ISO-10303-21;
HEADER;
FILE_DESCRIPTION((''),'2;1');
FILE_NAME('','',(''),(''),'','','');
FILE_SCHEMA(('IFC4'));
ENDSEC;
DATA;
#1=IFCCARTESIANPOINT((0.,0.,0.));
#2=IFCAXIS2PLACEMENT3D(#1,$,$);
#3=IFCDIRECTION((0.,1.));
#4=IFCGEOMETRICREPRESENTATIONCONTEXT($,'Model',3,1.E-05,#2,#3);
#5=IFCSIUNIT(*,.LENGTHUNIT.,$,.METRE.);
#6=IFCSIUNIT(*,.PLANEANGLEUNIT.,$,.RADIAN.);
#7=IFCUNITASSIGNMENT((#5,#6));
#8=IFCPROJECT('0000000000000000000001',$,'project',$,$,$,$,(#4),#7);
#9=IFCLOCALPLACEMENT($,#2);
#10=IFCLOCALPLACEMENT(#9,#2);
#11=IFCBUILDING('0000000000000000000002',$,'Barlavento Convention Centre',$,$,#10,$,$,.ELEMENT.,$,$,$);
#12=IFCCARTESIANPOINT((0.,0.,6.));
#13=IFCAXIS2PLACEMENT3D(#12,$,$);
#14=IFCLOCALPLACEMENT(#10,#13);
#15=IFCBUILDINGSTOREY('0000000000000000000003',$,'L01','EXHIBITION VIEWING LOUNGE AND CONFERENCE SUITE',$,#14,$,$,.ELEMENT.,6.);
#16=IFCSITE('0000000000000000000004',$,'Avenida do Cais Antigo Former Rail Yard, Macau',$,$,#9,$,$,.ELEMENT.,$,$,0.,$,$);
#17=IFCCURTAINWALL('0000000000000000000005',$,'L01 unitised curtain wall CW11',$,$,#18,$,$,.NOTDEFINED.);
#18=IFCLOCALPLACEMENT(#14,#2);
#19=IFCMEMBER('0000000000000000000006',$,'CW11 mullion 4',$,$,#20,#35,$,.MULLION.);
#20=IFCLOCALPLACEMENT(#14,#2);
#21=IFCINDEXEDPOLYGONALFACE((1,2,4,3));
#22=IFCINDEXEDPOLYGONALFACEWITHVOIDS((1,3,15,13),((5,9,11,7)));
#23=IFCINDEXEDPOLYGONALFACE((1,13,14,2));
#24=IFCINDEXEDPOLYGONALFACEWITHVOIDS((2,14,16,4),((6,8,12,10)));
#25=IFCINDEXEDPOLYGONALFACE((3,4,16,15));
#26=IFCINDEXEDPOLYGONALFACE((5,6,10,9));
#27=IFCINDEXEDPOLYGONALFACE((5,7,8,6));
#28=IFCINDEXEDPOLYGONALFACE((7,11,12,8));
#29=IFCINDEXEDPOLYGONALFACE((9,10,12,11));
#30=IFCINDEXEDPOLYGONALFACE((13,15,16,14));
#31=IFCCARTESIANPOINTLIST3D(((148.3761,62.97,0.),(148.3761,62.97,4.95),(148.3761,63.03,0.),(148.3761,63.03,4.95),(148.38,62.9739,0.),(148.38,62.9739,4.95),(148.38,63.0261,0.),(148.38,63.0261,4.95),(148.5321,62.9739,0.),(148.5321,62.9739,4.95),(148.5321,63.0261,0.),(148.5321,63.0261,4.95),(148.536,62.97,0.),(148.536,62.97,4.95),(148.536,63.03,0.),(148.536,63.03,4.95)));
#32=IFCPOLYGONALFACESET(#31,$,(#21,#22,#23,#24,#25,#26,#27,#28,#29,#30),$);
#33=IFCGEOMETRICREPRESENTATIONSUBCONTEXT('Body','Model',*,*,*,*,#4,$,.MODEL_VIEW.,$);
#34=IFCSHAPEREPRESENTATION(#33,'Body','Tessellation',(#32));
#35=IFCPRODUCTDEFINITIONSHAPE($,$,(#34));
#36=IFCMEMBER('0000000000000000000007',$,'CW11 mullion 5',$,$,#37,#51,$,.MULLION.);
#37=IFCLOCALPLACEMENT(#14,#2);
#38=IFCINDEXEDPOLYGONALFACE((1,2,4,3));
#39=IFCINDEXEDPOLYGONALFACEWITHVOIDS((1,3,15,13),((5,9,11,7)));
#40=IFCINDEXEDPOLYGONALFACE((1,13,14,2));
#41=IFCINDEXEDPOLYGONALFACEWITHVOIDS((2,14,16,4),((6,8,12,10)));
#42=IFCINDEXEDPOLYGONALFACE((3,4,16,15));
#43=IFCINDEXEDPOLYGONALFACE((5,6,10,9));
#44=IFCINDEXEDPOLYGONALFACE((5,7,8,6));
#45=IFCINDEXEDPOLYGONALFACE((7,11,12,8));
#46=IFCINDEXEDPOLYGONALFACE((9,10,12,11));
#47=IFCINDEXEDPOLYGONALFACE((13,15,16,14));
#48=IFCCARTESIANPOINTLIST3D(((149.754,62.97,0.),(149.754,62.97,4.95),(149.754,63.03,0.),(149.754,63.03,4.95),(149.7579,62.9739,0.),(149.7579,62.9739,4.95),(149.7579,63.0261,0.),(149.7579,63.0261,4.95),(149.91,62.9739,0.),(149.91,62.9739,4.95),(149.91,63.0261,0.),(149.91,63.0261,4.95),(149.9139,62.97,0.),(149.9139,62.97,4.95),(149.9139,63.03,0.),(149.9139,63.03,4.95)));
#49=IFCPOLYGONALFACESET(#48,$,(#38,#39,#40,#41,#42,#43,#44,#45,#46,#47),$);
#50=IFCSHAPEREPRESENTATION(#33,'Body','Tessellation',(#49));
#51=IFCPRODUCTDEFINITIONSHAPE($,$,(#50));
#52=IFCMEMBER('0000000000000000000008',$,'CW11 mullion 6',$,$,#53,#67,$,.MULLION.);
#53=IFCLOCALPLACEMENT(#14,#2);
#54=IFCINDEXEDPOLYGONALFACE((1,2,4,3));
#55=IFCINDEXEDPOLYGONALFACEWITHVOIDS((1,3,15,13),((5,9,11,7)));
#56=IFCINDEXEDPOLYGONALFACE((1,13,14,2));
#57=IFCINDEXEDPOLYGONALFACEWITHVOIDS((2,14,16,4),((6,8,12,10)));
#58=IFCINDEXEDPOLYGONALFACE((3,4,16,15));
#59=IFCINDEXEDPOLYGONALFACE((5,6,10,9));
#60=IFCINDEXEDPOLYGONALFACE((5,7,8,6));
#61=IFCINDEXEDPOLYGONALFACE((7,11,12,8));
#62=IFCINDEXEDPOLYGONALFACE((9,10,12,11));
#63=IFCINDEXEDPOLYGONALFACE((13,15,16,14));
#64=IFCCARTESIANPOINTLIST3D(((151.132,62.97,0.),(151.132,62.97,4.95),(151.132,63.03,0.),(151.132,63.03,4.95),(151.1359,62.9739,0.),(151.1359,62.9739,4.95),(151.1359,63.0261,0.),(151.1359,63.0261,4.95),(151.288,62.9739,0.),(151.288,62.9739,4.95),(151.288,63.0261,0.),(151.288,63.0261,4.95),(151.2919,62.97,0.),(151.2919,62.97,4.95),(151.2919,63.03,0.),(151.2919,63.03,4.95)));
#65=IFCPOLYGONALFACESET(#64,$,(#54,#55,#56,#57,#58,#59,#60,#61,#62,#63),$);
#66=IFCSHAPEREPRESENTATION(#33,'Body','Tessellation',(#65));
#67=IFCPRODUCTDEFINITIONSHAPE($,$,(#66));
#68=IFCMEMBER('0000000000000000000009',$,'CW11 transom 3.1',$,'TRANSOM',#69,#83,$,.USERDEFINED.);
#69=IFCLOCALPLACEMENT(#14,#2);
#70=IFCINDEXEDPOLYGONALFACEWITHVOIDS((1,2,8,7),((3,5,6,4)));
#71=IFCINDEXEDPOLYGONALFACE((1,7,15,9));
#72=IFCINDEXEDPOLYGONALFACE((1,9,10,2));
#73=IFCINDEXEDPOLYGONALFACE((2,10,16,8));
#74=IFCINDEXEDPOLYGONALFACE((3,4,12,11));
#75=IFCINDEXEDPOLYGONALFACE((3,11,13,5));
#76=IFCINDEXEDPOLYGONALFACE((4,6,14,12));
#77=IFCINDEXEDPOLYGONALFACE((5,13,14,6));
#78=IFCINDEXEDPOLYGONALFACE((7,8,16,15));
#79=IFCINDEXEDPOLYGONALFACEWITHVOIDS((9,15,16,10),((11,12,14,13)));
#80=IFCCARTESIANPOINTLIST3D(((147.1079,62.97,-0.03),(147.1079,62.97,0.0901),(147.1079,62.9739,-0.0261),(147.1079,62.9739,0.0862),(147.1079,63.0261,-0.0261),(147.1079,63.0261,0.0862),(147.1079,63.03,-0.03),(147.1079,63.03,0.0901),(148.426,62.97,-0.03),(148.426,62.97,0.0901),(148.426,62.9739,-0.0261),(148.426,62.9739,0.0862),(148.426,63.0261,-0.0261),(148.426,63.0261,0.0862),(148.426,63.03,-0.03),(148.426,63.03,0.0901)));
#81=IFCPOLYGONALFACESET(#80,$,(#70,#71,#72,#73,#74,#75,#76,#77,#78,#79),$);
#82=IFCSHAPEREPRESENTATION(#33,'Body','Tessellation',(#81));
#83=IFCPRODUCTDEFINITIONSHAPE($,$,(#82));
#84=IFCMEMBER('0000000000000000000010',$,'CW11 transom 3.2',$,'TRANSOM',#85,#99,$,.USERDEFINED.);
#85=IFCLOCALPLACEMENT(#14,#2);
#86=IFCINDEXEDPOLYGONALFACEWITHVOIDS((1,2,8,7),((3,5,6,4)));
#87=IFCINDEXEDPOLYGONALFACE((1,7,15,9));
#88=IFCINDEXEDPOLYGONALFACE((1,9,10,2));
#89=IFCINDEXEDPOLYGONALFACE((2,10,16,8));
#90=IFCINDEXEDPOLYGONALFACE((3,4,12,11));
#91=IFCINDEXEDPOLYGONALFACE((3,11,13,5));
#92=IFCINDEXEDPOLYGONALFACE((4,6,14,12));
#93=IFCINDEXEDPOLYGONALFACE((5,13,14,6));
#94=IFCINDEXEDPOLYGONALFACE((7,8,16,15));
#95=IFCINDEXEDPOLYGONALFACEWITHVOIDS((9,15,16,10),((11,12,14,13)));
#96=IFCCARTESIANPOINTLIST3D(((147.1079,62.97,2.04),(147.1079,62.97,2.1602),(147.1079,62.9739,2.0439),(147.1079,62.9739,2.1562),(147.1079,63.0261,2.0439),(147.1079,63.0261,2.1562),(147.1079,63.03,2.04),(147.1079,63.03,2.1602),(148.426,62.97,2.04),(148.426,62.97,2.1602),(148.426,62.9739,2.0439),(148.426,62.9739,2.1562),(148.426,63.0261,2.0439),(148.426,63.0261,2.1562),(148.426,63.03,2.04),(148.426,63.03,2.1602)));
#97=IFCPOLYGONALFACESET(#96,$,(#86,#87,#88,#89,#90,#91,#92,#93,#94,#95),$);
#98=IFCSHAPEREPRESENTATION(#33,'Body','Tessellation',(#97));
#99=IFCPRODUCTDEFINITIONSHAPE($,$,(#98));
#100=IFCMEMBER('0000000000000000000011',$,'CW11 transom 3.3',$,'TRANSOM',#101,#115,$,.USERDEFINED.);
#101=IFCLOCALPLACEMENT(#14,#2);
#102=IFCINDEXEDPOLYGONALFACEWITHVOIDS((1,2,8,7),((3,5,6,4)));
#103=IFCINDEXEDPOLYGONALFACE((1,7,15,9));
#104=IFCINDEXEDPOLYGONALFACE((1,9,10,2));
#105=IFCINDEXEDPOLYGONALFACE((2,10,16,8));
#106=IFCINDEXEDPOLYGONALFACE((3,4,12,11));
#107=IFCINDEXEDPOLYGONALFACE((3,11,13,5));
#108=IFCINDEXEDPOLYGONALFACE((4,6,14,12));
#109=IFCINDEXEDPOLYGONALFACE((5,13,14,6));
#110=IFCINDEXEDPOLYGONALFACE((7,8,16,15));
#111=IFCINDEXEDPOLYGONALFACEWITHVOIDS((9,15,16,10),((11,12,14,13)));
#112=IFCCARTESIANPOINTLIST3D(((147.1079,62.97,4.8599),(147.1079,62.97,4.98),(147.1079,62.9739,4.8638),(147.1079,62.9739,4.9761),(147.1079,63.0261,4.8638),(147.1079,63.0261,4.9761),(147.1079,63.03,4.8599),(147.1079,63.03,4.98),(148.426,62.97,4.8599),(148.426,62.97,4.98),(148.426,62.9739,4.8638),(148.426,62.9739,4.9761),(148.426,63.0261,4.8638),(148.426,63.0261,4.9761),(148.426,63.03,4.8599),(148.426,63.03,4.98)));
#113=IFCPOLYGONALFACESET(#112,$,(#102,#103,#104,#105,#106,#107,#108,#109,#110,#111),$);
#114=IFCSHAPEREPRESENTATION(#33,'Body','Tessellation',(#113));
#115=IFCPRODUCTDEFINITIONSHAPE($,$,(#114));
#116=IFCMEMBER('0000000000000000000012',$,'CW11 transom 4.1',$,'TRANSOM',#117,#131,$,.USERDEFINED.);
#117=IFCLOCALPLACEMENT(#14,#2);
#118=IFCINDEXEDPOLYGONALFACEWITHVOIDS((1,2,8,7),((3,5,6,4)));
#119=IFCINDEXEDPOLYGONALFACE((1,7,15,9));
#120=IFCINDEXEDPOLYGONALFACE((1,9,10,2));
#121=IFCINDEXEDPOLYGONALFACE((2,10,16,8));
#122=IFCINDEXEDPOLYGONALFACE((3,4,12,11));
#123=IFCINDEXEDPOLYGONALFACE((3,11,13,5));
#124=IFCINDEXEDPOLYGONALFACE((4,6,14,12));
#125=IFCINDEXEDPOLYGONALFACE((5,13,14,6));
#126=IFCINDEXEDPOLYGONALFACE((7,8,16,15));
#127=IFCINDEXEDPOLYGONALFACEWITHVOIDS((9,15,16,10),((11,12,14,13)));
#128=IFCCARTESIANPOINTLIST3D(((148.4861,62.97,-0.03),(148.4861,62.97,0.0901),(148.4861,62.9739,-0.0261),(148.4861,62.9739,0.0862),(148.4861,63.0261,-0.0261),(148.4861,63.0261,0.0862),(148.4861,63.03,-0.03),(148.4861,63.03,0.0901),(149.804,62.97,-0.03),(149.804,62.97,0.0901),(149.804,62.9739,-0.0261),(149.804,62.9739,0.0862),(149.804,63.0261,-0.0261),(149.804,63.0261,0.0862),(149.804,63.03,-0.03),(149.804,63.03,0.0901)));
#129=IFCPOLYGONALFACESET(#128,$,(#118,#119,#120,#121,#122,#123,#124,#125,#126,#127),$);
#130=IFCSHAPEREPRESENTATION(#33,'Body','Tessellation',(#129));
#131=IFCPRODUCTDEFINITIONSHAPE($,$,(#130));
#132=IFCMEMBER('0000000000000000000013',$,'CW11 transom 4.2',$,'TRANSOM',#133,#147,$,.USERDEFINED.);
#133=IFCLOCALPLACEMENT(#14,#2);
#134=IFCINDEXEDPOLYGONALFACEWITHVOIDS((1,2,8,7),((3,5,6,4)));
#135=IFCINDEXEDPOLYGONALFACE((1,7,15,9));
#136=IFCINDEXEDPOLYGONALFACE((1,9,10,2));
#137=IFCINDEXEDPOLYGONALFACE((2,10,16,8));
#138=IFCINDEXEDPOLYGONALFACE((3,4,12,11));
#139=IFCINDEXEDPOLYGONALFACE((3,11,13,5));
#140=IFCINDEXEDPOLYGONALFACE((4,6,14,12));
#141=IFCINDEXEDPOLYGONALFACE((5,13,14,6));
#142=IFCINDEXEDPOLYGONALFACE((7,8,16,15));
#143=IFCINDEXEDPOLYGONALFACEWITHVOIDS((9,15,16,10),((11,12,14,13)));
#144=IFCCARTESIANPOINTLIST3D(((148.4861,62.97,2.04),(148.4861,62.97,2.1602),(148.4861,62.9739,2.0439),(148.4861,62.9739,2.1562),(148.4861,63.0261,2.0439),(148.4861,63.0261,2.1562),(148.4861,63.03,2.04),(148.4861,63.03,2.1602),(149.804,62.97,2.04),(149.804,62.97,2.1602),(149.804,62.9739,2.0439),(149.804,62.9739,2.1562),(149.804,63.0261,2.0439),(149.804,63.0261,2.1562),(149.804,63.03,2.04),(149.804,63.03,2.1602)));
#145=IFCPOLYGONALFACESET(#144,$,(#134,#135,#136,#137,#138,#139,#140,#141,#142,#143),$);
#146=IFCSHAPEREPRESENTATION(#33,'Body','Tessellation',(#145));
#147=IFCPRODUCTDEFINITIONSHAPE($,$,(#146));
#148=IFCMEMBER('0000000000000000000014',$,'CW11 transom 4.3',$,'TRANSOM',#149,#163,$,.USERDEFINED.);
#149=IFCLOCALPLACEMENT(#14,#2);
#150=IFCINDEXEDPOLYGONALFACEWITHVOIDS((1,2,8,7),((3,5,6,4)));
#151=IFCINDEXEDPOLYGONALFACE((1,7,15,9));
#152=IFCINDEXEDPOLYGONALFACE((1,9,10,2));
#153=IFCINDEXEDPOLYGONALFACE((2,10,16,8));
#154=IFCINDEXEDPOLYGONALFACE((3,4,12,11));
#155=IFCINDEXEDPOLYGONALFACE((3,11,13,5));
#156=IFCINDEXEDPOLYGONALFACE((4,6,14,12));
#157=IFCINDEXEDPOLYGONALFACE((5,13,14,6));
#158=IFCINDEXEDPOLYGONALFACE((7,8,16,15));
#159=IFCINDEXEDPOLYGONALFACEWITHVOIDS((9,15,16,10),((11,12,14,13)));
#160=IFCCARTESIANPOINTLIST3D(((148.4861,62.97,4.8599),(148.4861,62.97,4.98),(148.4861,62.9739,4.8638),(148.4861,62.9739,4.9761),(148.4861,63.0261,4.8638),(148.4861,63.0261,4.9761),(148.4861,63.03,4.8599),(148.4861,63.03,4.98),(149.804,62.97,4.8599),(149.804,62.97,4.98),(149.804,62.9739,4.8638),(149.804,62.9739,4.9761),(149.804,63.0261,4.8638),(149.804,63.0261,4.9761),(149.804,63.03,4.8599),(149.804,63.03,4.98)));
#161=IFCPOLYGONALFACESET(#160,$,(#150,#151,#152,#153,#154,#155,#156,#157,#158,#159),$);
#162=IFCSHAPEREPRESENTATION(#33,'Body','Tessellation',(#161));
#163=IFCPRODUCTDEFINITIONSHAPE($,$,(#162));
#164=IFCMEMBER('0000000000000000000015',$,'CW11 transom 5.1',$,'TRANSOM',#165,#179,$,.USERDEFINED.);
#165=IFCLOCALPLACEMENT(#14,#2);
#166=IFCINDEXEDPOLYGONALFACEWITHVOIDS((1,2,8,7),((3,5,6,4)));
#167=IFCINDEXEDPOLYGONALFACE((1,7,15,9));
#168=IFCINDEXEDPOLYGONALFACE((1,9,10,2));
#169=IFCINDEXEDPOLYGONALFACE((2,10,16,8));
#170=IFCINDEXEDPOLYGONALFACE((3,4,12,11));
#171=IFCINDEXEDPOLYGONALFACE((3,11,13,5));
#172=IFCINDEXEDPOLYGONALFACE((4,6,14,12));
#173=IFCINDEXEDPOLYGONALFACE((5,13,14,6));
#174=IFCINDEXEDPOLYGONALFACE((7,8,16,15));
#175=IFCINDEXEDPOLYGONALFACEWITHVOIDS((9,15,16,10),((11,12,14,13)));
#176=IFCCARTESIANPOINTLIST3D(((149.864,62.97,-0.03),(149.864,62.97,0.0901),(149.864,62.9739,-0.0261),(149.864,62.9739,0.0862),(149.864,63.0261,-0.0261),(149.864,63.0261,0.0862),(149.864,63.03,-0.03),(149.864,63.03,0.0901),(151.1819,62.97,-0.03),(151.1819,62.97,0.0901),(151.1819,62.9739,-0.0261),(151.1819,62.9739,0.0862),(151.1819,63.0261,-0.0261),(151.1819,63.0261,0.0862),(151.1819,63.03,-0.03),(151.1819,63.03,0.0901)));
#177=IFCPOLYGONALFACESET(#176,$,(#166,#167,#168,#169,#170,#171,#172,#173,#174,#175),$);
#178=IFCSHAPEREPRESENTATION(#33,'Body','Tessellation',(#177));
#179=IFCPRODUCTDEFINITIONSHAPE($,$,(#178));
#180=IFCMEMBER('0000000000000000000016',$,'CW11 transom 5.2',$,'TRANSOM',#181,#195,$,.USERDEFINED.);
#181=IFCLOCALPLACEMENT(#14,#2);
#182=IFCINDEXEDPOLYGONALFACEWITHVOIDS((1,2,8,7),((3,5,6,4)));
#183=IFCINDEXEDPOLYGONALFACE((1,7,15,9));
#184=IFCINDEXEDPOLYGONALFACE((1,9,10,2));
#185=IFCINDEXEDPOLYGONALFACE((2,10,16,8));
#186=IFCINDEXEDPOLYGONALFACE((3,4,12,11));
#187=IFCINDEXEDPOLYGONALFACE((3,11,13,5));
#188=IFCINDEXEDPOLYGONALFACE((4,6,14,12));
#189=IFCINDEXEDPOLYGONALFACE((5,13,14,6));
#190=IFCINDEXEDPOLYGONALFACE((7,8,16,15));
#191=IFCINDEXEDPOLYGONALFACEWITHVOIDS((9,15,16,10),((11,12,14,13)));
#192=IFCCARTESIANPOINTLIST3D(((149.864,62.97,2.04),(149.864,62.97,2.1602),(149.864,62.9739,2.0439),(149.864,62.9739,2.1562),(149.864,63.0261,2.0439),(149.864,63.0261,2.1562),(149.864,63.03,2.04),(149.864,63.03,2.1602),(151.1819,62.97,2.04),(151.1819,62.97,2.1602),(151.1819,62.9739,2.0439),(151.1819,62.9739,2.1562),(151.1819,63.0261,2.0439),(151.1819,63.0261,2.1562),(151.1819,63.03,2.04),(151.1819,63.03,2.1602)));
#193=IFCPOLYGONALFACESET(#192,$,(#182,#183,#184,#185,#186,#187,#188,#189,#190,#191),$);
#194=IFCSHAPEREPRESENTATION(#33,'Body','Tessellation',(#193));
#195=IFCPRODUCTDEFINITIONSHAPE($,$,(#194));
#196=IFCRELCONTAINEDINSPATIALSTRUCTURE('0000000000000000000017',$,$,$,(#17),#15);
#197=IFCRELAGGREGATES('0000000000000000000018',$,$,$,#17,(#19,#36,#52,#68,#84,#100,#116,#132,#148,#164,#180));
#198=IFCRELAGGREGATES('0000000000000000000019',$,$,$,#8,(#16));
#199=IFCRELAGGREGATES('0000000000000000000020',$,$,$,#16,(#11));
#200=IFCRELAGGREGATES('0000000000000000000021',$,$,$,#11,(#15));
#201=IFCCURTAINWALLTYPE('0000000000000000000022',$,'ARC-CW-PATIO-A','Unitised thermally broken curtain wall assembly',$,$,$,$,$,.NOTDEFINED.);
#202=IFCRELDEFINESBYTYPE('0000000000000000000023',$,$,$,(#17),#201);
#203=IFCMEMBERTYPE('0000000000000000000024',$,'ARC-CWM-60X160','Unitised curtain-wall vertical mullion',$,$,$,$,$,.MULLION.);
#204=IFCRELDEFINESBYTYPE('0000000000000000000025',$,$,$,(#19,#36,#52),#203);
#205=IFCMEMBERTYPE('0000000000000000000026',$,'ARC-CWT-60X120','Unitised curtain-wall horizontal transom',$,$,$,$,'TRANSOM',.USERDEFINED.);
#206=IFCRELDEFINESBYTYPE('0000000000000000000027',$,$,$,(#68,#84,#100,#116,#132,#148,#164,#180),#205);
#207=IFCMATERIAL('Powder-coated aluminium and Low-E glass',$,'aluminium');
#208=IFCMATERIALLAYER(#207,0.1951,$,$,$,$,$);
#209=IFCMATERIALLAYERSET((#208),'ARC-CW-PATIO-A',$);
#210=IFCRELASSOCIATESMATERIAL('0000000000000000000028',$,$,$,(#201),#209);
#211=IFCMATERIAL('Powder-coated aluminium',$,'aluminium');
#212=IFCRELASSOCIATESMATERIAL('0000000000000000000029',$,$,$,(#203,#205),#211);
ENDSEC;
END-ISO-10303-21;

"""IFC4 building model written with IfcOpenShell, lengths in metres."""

from ifc_helpers import new_model, si_unit, direction, frame, origin, origin_2d, place, context, subcontext, project, spatial, hollow_rectangle, extrude, material, layer, layer_set, material_profile, profile_set, type_object, element, aggregate, save


model = new_model("IFC4")

# Units and contexts
model_context = context("Model", 3, precision=1e-05, world=origin(), true_north=direction((0.0, 1.0)))
body_context = subcontext(model_context, "Body", "Model", "MODEL_VIEW")
ifc_project = project(units=[si_unit("LENGTHUNIT", "METRE"), si_unit("PLANEANGLEUNIT", "RADIAN")], contexts=[model_context])

# Site, building, storey
site_placement = place(None, origin())
site = spatial("IfcSite", under=ifc_project, at=site_placement, Name="Avenida do Cais Antigo Former Rail Yard, Macau", CompositionType="ELEMENT", RefElevation=0.0)
building_placement = place(site_placement, origin())
building = spatial("IfcBuilding", under=site, at=building_placement, Name="Barlavento Convention Centre", CompositionType="ELEMENT")
storey_placement = place(building_placement, frame((0.0, 0.0, 6.0)))
storey = spatial("IfcBuildingStorey", under=building, at=storey_placement, Name="L01", Description="EXHIBITION VIEWING LOUNGE AND CONFERENCE SUITE", CompositionType="ELEMENT", Elevation=6.0)

# Curtain wall, members
ifc_material_1 = material(Name="Powder-coated aluminium and Low-E glass", Category="aluminium")
ifc_layer_1 = layer(ifc_material_1, 0.1951)
ifc_layer_set_1 = layer_set([ifc_layer_1], Name="ARC-CW-PATIO-A")
curtain_wall_type = type_object("IfcCurtainWallType", Name="ARC-CW-PATIO-A", Description="Unitised thermally broken curtain wall assembly", PredefinedType="NOTDEFINED", material=ifc_layer_set_1)
curtain_wall_placement = place(storey_placement, origin())
curtain_wall = element("IfcCurtainWall", 1, at=curtain_wall_placement, inside=storey, type_object=curtain_wall_type, Name="L01 unitised curtain wall CW11", PredefinedType="NOTDEFINED")
ifc_material_2 = material(Name="Powder-coated aluminium", Category="aluminium")
ifc_material_profile_1 = material_profile(ifc_material_2, hollow_rectangle(XDim=0.0601, YDim=0.1599, WallThickness=0.0039, at=origin_2d()), Name="AL-MULL 60x160x4")
ifc_profile_set_1 = profile_set([ifc_material_profile_1], Name="Powder-coated aluminium")
member_type_1 = type_object("IfcMemberType", Name="ARC-CWM-60X160", Description="Unitised curtain-wall vertical mullion", PredefinedType="MULLION", material=ifc_profile_set_1)
member_1_placement = place(storey_placement, frame((148.4561, 63.0, 0.0), z_axis=(0.0, 0.0, 1.0), x_axis=(0.0, 1.0, 0.0)))
member_1 = element("IfcMember", 2, at=member_1_placement, type_object=member_type_1, Name="CW11 mullion 4", PredefinedType="MULLION", context=body_context, shape_type="SweptSolid", body=[
    extrude(hollow_rectangle(XDim=0.0601, YDim=0.1599, WallThickness=0.0039, at=origin_2d()), origin(), (0.0, 0.0, 1.0), 4.95),
])
member_2_placement = place(storey_placement, frame((149.834, 63.0, 0.0), z_axis=(0.0, 0.0, 1.0), x_axis=(0.0, 1.0, 0.0)))
member_2 = element("IfcMember", 3, at=member_2_placement, type_object=member_type_1, Name="CW11 mullion 5", PredefinedType="MULLION", context=body_context, shape_type="SweptSolid", body=[
    extrude(hollow_rectangle(XDim=0.0601, YDim=0.1599, WallThickness=0.0039, at=origin_2d()), origin(), (0.0, 0.0, 1.0), 4.95),
])
member_3_placement = place(storey_placement, frame((151.2119, 63.0, 0.0), z_axis=(0.0, 0.0, 1.0), x_axis=(0.0, 1.0, 0.0)))
member_3 = element("IfcMember", 4, at=member_3_placement, type_object=member_type_1, Name="CW11 mullion 6", PredefinedType="MULLION", context=body_context, shape_type="SweptSolid", body=[
    extrude(hollow_rectangle(XDim=0.0601, YDim=0.1599, WallThickness=0.0039, at=origin_2d()), origin(), (0.0, 0.0, 1.0), 4.95),
])
ifc_material_profile_2 = material_profile(ifc_material_2, hollow_rectangle(XDim=0.0601, YDim=0.1201, WallThickness=0.0039, at=origin_2d()), Name="AL-TRAN 60x120x4")
ifc_profile_set_2 = profile_set([ifc_material_profile_2], Name="Powder-coated aluminium")
member_type_2 = type_object("IfcMemberType", Name="ARC-CWT-60X120", Description="Unitised curtain-wall horizontal transom", ElementType="TRANSOM", PredefinedType="USERDEFINED", material=ifc_profile_set_2)
member_4_placement = place(storey_placement, frame((147.1079, 63.0, 0.03), z_axis=(1.0, 0.0, 0.0), x_axis=(0.0, 1.0, 0.0)))
member_4 = element("IfcMember", 5, at=member_4_placement, type_object=member_type_2, Name="CW11 transom 3.1", ObjectType="TRANSOM", PredefinedType="USERDEFINED", context=body_context, shape_type="SweptSolid", body=[
    extrude(hollow_rectangle(XDim=0.0601, YDim=0.1201, WallThickness=0.0039, at=origin_2d()), origin(), (0.0, 0.0, 1.0), 1.3181),
])
member_5_placement = place(storey_placement, frame((147.1079, 63.0, 2.1001), z_axis=(1.0, 0.0, 0.0), x_axis=(0.0, 1.0, 0.0)))
member_5 = element("IfcMember", 6, at=member_5_placement, type_object=member_type_2, Name="CW11 transom 3.2", ObjectType="TRANSOM", PredefinedType="USERDEFINED", context=body_context, shape_type="SweptSolid", body=[
    extrude(hollow_rectangle(XDim=0.0601, YDim=0.1201, WallThickness=0.0039, at=origin_2d()), origin(), (0.0, 0.0, 1.0), 1.3181),
])
member_6_placement = place(storey_placement, frame((147.1079, 63.0, 4.9199), z_axis=(1.0, 0.0, 0.0), x_axis=(0.0, 1.0, 0.0)))
member_6 = element("IfcMember", 7, at=member_6_placement, type_object=member_type_2, Name="CW11 transom 3.3", ObjectType="TRANSOM", PredefinedType="USERDEFINED", context=body_context, shape_type="SweptSolid", body=[
    extrude(hollow_rectangle(XDim=0.0601, YDim=0.1201, WallThickness=0.0039, at=origin_2d()), origin(), (0.0, 0.0, 1.0), 1.3181),
])
member_7_placement = place(storey_placement, frame((148.4861, 63.0, 0.03), z_axis=(1.0, 0.0, 0.0), x_axis=(0.0, 1.0, 0.0)))
member_7 = element("IfcMember", 8, at=member_7_placement, type_object=member_type_2, Name="CW11 transom 4.1", ObjectType="TRANSOM", PredefinedType="USERDEFINED", context=body_context, shape_type="SweptSolid", body=[
    extrude(hollow_rectangle(XDim=0.0601, YDim=0.1201, WallThickness=0.0039, at=origin_2d()), origin(), (0.0, 0.0, 1.0), 1.3179),
])
member_8_placement = place(storey_placement, frame((148.4861, 63.0, 2.1001), z_axis=(1.0, 0.0, 0.0), x_axis=(0.0, 1.0, 0.0)))
member_8 = element("IfcMember", 9, at=member_8_placement, type_object=member_type_2, Name="CW11 transom 4.2", ObjectType="TRANSOM", PredefinedType="USERDEFINED", context=body_context, shape_type="SweptSolid", body=[
    extrude(hollow_rectangle(XDim=0.0601, YDim=0.1201, WallThickness=0.0039, at=origin_2d()), origin(), (0.0, 0.0, 1.0), 1.3179),
])
member_9_placement = place(storey_placement, frame((148.4861, 63.0, 4.9199), z_axis=(1.0, 0.0, 0.0), x_axis=(0.0, 1.0, 0.0)))
member_9 = element("IfcMember", 10, at=member_9_placement, type_object=member_type_2, Name="CW11 transom 4.3", ObjectType="TRANSOM", PredefinedType="USERDEFINED", context=body_context, shape_type="SweptSolid", body=[
    extrude(hollow_rectangle(XDim=0.0601, YDim=0.1201, WallThickness=0.0039, at=origin_2d()), origin(), (0.0, 0.0, 1.0), 1.3179),
])
member_10_placement = place(storey_placement, frame((149.864, 63.0, 0.03), z_axis=(1.0, 0.0, 0.0), x_axis=(0.0, 1.0, 0.0)))
member_10 = element("IfcMember", 11, at=member_10_placement, type_object=member_type_2, Name="CW11 transom 5.1", ObjectType="TRANSOM", PredefinedType="USERDEFINED", context=body_context, shape_type="SweptSolid", body=[
    extrude(hollow_rectangle(XDim=0.0601, YDim=0.1201, WallThickness=0.0039, at=origin_2d()), origin(), (0.0, 0.0, 1.0), 1.3179),
])
member_11_placement = place(storey_placement, frame((149.864, 63.0, 2.1001), z_axis=(1.0, 0.0, 0.0), x_axis=(0.0, 1.0, 0.0)))
member_11 = element("IfcMember", 12, at=member_11_placement, type_object=member_type_2, Name="CW11 transom 5.2", ObjectType="TRANSOM", PredefinedType="USERDEFINED", context=body_context, shape_type="SweptSolid", body=[
    extrude(hollow_rectangle(XDim=0.0601, YDim=0.1201, WallThickness=0.0039, at=origin_2d()), origin(), (0.0, 0.0, 1.0), 1.3179),
])
aggregate(curtain_wall, [member_1, member_2, member_3, member_4, member_5, member_6, member_7, member_8, member_9, member_10, member_11])

save(model, "model.ifc")
